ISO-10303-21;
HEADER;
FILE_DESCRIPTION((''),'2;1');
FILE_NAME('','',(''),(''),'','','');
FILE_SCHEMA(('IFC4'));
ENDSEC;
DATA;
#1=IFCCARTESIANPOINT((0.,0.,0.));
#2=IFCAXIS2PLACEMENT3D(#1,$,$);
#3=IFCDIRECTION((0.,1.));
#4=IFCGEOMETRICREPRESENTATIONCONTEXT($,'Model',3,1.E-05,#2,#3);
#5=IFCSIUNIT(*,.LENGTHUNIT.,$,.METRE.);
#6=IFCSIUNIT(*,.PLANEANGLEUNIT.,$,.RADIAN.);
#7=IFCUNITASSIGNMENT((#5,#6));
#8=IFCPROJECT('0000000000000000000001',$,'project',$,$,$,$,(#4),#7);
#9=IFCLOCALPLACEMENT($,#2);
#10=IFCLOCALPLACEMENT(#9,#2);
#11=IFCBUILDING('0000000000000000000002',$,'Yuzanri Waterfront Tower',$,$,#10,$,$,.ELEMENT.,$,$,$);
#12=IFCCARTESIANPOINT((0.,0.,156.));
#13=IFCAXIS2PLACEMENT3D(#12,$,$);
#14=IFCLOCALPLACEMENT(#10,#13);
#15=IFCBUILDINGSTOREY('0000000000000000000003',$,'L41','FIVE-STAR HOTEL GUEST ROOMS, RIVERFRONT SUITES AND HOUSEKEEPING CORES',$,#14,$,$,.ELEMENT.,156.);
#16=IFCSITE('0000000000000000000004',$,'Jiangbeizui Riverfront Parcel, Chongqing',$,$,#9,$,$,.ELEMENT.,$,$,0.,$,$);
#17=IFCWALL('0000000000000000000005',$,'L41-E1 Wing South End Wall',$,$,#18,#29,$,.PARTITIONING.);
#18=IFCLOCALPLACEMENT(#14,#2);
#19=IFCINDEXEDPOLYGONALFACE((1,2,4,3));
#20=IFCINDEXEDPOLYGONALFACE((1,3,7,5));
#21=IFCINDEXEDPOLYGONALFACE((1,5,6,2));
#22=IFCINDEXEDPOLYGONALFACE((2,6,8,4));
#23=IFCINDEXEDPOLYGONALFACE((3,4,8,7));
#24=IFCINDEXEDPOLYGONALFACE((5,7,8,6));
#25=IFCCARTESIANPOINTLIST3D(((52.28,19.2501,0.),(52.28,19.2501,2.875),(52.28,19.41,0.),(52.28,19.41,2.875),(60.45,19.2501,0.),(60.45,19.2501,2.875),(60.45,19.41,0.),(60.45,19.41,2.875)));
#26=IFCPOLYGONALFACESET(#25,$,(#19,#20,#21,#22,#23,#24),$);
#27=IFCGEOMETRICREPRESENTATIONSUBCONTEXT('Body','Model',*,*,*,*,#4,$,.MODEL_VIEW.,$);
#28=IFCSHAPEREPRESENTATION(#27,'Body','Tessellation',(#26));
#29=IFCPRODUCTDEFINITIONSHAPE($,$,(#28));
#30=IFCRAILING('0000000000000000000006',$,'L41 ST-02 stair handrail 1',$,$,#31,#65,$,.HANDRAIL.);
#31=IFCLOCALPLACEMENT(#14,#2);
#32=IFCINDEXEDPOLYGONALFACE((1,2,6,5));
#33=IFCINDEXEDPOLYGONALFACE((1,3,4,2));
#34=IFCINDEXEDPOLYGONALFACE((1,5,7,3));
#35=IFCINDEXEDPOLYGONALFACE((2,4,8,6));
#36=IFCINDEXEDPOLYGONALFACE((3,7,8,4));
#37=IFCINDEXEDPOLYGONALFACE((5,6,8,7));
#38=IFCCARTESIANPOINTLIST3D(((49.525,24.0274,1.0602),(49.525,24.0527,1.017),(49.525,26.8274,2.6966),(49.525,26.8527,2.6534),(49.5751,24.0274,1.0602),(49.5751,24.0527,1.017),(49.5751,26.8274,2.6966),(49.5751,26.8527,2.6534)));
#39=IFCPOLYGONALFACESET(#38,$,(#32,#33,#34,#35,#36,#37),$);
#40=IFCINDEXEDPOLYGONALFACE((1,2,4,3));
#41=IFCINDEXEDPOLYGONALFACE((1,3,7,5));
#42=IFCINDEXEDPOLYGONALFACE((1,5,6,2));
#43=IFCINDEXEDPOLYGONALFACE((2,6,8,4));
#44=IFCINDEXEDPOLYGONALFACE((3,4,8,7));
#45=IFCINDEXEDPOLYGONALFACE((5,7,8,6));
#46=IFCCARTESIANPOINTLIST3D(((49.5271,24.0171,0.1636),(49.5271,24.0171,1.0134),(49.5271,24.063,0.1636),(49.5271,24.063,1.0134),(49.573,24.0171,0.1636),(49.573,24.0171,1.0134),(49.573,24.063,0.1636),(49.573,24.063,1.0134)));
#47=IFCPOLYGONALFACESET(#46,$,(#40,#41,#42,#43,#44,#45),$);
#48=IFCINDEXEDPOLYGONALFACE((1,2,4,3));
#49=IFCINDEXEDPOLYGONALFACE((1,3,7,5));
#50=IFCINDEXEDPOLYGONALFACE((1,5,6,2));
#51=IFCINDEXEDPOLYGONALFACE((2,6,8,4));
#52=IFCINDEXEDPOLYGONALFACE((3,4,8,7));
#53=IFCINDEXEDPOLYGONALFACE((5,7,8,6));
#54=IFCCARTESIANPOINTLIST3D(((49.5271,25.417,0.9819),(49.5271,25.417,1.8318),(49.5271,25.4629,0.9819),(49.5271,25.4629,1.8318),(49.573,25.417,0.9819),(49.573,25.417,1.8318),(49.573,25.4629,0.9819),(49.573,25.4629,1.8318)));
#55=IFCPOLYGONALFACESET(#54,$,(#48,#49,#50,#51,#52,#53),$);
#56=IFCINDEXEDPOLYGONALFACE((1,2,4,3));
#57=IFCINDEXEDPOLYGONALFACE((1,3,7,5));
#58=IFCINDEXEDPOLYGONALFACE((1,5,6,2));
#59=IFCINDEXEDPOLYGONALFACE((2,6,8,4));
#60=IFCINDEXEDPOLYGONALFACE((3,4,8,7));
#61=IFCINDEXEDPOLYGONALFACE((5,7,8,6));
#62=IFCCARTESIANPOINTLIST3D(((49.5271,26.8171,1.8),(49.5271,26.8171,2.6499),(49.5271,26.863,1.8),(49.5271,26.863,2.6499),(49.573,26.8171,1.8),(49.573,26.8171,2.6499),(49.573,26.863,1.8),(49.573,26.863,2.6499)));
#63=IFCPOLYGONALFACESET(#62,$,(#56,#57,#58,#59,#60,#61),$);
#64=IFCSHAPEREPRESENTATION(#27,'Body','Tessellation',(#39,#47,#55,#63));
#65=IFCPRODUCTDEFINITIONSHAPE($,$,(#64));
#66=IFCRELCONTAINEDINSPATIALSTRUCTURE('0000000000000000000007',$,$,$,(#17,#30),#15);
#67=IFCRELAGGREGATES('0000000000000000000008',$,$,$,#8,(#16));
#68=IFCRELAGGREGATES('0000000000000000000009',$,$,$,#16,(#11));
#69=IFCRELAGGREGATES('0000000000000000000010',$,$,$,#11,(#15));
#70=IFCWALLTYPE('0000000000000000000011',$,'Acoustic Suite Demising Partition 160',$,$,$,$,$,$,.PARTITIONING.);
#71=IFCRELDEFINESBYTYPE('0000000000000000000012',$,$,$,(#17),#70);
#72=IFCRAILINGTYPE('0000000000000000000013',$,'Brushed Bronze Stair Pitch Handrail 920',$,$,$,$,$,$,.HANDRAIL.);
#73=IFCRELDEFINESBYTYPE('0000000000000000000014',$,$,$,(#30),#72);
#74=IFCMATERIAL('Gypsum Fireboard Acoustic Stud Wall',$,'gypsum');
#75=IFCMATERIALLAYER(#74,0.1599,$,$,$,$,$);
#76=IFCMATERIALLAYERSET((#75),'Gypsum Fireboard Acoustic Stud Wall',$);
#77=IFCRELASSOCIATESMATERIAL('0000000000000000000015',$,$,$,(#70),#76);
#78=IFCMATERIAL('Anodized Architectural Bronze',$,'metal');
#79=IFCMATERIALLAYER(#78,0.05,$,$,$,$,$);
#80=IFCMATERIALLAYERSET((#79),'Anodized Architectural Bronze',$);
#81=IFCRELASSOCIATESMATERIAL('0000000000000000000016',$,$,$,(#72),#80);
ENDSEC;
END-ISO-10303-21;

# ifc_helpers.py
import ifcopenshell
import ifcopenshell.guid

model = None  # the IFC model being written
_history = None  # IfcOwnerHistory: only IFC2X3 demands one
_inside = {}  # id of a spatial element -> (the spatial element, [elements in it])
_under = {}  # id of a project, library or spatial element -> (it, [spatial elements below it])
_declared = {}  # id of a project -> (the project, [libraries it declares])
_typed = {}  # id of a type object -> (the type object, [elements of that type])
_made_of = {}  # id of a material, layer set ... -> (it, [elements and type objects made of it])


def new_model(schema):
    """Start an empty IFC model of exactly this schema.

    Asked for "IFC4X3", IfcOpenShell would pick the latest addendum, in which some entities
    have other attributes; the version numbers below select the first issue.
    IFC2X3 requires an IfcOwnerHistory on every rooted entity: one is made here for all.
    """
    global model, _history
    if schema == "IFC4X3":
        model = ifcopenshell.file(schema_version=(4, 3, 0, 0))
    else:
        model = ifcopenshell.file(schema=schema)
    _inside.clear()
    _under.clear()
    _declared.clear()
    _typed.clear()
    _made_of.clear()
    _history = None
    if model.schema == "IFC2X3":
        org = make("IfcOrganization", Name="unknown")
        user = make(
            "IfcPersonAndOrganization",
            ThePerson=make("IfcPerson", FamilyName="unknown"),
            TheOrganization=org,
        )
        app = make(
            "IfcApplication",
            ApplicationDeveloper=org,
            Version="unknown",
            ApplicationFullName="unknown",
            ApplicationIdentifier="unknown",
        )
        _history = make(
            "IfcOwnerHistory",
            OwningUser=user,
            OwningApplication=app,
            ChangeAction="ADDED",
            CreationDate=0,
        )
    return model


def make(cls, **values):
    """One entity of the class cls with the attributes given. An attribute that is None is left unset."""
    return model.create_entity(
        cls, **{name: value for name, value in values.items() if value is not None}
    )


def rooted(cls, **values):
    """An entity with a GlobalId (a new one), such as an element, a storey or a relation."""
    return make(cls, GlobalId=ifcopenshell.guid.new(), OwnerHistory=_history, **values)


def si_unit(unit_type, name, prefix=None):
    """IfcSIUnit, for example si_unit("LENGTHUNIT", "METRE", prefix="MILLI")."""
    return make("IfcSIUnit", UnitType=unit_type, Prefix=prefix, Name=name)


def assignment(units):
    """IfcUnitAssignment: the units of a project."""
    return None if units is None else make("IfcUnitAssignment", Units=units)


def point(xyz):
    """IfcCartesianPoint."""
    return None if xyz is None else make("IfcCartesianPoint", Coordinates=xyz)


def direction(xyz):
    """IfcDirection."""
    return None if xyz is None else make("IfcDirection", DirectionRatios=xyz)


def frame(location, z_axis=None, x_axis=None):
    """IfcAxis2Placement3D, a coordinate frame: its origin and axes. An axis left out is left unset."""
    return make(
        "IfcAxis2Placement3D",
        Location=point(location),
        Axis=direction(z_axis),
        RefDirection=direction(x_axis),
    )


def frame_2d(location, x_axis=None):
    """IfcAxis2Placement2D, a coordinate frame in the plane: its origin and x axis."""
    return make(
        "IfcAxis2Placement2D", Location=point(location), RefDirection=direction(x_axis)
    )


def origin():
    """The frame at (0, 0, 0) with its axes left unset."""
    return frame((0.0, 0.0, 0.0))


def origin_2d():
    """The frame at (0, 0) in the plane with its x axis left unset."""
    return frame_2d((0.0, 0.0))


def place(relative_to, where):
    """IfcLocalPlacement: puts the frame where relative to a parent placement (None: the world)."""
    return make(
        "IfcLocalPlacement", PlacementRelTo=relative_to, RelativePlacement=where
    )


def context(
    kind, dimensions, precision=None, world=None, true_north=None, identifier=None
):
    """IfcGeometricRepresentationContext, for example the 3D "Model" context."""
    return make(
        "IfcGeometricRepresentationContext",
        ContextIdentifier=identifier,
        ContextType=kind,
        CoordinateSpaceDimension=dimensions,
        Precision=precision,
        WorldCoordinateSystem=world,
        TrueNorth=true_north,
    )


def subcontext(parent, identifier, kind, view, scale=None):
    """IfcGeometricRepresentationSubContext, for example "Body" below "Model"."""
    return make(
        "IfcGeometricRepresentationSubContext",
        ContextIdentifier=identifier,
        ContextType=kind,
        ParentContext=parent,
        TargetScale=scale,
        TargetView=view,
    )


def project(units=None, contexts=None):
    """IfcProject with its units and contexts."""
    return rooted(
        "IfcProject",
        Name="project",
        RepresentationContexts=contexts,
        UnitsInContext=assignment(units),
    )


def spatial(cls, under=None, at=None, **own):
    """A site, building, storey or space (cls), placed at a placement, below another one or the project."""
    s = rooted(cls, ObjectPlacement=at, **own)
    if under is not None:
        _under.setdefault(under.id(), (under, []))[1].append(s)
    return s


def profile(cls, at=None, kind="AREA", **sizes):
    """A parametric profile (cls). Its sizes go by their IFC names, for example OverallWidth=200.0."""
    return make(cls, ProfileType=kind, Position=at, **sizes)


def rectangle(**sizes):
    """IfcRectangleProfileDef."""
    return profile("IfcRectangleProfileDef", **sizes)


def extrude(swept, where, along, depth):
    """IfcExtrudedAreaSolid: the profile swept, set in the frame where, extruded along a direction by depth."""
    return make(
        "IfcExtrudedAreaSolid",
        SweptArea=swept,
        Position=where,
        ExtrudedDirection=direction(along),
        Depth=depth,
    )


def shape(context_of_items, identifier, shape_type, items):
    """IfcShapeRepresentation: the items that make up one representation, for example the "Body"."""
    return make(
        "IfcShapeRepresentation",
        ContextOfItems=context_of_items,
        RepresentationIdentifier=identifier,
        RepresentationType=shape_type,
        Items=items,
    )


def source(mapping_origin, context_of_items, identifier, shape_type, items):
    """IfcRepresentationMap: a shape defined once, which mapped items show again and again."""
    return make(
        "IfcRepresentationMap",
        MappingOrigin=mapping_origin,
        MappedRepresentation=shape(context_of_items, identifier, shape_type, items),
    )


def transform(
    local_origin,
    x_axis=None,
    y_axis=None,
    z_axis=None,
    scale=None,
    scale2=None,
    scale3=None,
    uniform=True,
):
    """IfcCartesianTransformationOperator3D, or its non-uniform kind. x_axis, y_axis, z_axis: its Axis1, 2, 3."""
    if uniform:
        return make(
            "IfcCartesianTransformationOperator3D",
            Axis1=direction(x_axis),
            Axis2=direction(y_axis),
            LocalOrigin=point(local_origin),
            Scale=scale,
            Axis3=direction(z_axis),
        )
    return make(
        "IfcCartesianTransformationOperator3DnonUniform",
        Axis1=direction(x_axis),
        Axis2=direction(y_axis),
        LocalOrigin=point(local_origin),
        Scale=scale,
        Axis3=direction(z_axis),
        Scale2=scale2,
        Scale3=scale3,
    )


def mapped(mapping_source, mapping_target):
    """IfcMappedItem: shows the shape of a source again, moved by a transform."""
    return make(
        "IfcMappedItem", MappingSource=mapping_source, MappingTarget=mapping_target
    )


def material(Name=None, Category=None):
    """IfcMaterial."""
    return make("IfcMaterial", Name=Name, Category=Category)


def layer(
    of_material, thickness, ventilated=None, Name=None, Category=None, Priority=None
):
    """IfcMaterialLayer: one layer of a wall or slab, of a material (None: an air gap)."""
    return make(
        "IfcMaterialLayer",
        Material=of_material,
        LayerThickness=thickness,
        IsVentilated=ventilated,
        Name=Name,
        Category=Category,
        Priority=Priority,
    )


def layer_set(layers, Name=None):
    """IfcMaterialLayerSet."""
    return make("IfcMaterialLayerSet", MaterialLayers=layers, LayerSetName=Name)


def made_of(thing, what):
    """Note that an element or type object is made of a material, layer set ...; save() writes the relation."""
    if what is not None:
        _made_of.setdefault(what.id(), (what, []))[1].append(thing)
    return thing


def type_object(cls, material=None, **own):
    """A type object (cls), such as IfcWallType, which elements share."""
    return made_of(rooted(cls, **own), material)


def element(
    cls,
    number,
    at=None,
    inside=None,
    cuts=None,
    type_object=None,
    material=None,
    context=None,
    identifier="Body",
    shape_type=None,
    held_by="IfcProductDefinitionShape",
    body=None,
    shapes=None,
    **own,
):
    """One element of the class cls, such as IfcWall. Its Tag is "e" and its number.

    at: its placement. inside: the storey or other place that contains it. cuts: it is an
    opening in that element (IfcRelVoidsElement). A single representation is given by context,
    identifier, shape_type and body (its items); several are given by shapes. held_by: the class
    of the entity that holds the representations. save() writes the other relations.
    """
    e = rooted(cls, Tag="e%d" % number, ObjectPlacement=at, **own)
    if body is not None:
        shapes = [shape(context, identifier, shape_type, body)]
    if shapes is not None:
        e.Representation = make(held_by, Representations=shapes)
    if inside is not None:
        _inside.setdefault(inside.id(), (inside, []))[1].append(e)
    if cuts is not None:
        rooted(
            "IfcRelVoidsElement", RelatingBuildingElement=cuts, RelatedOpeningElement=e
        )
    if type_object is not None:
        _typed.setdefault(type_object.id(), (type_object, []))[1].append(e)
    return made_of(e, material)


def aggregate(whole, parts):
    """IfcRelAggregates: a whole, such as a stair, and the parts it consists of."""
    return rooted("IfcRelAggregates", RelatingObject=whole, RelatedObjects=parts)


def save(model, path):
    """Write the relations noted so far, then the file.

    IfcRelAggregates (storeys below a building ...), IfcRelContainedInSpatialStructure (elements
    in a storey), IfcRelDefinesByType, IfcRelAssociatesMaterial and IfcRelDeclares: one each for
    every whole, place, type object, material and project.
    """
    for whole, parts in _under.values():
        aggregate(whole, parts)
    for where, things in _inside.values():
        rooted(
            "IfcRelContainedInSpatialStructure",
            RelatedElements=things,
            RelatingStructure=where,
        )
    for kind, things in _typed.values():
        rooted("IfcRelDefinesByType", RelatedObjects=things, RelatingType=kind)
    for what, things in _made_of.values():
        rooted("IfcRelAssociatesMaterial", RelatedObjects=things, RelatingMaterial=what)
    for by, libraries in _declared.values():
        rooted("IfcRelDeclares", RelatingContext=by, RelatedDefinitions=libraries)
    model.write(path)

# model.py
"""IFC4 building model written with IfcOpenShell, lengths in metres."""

from ifc_helpers import new_model, si_unit, direction, frame, frame_2d, origin, origin_2d, place, context, subcontext, project, spatial, rectangle, extrude, source, transform, mapped, material, layer, layer_set, type_object, element, save


model = new_model("IFC4")

# Units and contexts
model_context = context("Model", 3, precision=1e-05, world=origin(), true_north=direction((0.0, 1.0)))
body_context = subcontext(model_context, "Body", "Model", "MODEL_VIEW")
ifc_project = project(units=[si_unit("LENGTHUNIT", "METRE"), si_unit("PLANEANGLEUNIT", "RADIAN")], contexts=[model_context])

# Site, building, storey
site_placement = place(None, origin())
site = spatial("IfcSite", under=ifc_project, at=site_placement, Name="Jiangbeizui Riverfront Parcel, Chongqing", CompositionType="ELEMENT", RefElevation=0.0)
building_placement = place(site_placement, origin())
building = spatial("IfcBuilding", under=site, at=building_placement, Name="Yuzanri Waterfront Tower", CompositionType="ELEMENT")
storey_placement = place(building_placement, frame((0.0, 0.0, 156.0)))
storey = spatial("IfcBuildingStorey", under=building, at=storey_placement, Name="L41", Description="FIVE-STAR HOTEL GUEST ROOMS, RIVERFRONT SUITES AND HOUSEKEEPING CORES", CompositionType="ELEMENT", Elevation=156.0)

# Wall
ifc_material_1 = material(Name="Gypsum Fireboard Acoustic Stud Wall", Category="gypsum")
ifc_layer_1 = layer(ifc_material_1, 0.1599)
ifc_layer_set_1 = layer_set([ifc_layer_1], Name="Gypsum Fireboard Acoustic Stud Wall")
wall_type_1 = type_object("IfcWallType", Name="Acoustic Suite Demising Partition 160", PredefinedType="PARTITIONING", material=ifc_layer_set_1)
shared_shape_1 = source(origin(), body_context, "Body", "SweptSolid", [
    extrude(rectangle(XDim=8.1699, YDim=0.1599, at=frame_2d((4.085, 0.0))), origin(), (0.0, 0.0, 1.0), 2.875),
])
wall_1_placement = place(storey_placement, frame((52.28, 19.3301, 0.0), z_axis=(0.0, 0.0, 1.0), x_axis=(1.0, 0.0, 0.0)))
element("IfcWall", 1, at=wall_1_placement, inside=storey, type_object=wall_type_1, Name="L41-E1 Wing South End Wall", PredefinedType="PARTITIONING", context=body_context, shape_type="MappedRepresentation", body=[
    mapped(shared_shape_1, transform((0.0, 0.0, 0.0), scale=1.0)),
])

# Railing
ifc_material_2 = material(Name="Anodized Architectural Bronze", Category="metal")
ifc_layer_2 = layer(ifc_material_2, 0.05)
ifc_layer_set_2 = layer_set([ifc_layer_2], Name="Anodized Architectural Bronze")
railing_type = type_object("IfcRailingType", Name="Brushed Bronze Stair Pitch Handrail 920", PredefinedType="HANDRAIL", material=ifc_layer_set_2)
shared_shape_2 = source(origin(), body_context, "Body", "SweptSolid", [
    extrude(rectangle(XDim=0.05, YDim=0.05, at=origin_2d()), frame((0.0, 0.0, 0.875), z_axis=(0.0, 0.863361, 0.504587), x_axis=(-1.0, 0.0, 0.0)), (0.0, 0.0, 1.0), 3.2432),
    extrude(rectangle(XDim=0.0459, YDim=0.0459, at=origin_2d()), origin(), (0.0, 0.0, 1.0), 0.8499),
    extrude(rectangle(XDim=0.0459, YDim=0.0459, at=origin_2d()), frame((0.0, 1.3999, 0.8184)), (0.0, 0.0, 1.0), 0.8499),
    extrude(rectangle(XDim=0.0459, YDim=0.0459, at=origin_2d()), frame((0.0, 2.8, 1.6365)), (0.0, 0.0, 1.0), 0.8499),
])
railing_placement = place(storey_placement, frame((49.55, 24.04, 0.1636)))
element("IfcRailing", 2, at=railing_placement, inside=storey, type_object=railing_type, Name="L41 ST-02 stair handrail 1", PredefinedType="HANDRAIL", context=body_context, shape_type="MappedRepresentation", body=[
    mapped(shared_shape_2, transform((0.0, 0.0, 0.0), scale=1.0)),
])

save(model, "model.ifc")
